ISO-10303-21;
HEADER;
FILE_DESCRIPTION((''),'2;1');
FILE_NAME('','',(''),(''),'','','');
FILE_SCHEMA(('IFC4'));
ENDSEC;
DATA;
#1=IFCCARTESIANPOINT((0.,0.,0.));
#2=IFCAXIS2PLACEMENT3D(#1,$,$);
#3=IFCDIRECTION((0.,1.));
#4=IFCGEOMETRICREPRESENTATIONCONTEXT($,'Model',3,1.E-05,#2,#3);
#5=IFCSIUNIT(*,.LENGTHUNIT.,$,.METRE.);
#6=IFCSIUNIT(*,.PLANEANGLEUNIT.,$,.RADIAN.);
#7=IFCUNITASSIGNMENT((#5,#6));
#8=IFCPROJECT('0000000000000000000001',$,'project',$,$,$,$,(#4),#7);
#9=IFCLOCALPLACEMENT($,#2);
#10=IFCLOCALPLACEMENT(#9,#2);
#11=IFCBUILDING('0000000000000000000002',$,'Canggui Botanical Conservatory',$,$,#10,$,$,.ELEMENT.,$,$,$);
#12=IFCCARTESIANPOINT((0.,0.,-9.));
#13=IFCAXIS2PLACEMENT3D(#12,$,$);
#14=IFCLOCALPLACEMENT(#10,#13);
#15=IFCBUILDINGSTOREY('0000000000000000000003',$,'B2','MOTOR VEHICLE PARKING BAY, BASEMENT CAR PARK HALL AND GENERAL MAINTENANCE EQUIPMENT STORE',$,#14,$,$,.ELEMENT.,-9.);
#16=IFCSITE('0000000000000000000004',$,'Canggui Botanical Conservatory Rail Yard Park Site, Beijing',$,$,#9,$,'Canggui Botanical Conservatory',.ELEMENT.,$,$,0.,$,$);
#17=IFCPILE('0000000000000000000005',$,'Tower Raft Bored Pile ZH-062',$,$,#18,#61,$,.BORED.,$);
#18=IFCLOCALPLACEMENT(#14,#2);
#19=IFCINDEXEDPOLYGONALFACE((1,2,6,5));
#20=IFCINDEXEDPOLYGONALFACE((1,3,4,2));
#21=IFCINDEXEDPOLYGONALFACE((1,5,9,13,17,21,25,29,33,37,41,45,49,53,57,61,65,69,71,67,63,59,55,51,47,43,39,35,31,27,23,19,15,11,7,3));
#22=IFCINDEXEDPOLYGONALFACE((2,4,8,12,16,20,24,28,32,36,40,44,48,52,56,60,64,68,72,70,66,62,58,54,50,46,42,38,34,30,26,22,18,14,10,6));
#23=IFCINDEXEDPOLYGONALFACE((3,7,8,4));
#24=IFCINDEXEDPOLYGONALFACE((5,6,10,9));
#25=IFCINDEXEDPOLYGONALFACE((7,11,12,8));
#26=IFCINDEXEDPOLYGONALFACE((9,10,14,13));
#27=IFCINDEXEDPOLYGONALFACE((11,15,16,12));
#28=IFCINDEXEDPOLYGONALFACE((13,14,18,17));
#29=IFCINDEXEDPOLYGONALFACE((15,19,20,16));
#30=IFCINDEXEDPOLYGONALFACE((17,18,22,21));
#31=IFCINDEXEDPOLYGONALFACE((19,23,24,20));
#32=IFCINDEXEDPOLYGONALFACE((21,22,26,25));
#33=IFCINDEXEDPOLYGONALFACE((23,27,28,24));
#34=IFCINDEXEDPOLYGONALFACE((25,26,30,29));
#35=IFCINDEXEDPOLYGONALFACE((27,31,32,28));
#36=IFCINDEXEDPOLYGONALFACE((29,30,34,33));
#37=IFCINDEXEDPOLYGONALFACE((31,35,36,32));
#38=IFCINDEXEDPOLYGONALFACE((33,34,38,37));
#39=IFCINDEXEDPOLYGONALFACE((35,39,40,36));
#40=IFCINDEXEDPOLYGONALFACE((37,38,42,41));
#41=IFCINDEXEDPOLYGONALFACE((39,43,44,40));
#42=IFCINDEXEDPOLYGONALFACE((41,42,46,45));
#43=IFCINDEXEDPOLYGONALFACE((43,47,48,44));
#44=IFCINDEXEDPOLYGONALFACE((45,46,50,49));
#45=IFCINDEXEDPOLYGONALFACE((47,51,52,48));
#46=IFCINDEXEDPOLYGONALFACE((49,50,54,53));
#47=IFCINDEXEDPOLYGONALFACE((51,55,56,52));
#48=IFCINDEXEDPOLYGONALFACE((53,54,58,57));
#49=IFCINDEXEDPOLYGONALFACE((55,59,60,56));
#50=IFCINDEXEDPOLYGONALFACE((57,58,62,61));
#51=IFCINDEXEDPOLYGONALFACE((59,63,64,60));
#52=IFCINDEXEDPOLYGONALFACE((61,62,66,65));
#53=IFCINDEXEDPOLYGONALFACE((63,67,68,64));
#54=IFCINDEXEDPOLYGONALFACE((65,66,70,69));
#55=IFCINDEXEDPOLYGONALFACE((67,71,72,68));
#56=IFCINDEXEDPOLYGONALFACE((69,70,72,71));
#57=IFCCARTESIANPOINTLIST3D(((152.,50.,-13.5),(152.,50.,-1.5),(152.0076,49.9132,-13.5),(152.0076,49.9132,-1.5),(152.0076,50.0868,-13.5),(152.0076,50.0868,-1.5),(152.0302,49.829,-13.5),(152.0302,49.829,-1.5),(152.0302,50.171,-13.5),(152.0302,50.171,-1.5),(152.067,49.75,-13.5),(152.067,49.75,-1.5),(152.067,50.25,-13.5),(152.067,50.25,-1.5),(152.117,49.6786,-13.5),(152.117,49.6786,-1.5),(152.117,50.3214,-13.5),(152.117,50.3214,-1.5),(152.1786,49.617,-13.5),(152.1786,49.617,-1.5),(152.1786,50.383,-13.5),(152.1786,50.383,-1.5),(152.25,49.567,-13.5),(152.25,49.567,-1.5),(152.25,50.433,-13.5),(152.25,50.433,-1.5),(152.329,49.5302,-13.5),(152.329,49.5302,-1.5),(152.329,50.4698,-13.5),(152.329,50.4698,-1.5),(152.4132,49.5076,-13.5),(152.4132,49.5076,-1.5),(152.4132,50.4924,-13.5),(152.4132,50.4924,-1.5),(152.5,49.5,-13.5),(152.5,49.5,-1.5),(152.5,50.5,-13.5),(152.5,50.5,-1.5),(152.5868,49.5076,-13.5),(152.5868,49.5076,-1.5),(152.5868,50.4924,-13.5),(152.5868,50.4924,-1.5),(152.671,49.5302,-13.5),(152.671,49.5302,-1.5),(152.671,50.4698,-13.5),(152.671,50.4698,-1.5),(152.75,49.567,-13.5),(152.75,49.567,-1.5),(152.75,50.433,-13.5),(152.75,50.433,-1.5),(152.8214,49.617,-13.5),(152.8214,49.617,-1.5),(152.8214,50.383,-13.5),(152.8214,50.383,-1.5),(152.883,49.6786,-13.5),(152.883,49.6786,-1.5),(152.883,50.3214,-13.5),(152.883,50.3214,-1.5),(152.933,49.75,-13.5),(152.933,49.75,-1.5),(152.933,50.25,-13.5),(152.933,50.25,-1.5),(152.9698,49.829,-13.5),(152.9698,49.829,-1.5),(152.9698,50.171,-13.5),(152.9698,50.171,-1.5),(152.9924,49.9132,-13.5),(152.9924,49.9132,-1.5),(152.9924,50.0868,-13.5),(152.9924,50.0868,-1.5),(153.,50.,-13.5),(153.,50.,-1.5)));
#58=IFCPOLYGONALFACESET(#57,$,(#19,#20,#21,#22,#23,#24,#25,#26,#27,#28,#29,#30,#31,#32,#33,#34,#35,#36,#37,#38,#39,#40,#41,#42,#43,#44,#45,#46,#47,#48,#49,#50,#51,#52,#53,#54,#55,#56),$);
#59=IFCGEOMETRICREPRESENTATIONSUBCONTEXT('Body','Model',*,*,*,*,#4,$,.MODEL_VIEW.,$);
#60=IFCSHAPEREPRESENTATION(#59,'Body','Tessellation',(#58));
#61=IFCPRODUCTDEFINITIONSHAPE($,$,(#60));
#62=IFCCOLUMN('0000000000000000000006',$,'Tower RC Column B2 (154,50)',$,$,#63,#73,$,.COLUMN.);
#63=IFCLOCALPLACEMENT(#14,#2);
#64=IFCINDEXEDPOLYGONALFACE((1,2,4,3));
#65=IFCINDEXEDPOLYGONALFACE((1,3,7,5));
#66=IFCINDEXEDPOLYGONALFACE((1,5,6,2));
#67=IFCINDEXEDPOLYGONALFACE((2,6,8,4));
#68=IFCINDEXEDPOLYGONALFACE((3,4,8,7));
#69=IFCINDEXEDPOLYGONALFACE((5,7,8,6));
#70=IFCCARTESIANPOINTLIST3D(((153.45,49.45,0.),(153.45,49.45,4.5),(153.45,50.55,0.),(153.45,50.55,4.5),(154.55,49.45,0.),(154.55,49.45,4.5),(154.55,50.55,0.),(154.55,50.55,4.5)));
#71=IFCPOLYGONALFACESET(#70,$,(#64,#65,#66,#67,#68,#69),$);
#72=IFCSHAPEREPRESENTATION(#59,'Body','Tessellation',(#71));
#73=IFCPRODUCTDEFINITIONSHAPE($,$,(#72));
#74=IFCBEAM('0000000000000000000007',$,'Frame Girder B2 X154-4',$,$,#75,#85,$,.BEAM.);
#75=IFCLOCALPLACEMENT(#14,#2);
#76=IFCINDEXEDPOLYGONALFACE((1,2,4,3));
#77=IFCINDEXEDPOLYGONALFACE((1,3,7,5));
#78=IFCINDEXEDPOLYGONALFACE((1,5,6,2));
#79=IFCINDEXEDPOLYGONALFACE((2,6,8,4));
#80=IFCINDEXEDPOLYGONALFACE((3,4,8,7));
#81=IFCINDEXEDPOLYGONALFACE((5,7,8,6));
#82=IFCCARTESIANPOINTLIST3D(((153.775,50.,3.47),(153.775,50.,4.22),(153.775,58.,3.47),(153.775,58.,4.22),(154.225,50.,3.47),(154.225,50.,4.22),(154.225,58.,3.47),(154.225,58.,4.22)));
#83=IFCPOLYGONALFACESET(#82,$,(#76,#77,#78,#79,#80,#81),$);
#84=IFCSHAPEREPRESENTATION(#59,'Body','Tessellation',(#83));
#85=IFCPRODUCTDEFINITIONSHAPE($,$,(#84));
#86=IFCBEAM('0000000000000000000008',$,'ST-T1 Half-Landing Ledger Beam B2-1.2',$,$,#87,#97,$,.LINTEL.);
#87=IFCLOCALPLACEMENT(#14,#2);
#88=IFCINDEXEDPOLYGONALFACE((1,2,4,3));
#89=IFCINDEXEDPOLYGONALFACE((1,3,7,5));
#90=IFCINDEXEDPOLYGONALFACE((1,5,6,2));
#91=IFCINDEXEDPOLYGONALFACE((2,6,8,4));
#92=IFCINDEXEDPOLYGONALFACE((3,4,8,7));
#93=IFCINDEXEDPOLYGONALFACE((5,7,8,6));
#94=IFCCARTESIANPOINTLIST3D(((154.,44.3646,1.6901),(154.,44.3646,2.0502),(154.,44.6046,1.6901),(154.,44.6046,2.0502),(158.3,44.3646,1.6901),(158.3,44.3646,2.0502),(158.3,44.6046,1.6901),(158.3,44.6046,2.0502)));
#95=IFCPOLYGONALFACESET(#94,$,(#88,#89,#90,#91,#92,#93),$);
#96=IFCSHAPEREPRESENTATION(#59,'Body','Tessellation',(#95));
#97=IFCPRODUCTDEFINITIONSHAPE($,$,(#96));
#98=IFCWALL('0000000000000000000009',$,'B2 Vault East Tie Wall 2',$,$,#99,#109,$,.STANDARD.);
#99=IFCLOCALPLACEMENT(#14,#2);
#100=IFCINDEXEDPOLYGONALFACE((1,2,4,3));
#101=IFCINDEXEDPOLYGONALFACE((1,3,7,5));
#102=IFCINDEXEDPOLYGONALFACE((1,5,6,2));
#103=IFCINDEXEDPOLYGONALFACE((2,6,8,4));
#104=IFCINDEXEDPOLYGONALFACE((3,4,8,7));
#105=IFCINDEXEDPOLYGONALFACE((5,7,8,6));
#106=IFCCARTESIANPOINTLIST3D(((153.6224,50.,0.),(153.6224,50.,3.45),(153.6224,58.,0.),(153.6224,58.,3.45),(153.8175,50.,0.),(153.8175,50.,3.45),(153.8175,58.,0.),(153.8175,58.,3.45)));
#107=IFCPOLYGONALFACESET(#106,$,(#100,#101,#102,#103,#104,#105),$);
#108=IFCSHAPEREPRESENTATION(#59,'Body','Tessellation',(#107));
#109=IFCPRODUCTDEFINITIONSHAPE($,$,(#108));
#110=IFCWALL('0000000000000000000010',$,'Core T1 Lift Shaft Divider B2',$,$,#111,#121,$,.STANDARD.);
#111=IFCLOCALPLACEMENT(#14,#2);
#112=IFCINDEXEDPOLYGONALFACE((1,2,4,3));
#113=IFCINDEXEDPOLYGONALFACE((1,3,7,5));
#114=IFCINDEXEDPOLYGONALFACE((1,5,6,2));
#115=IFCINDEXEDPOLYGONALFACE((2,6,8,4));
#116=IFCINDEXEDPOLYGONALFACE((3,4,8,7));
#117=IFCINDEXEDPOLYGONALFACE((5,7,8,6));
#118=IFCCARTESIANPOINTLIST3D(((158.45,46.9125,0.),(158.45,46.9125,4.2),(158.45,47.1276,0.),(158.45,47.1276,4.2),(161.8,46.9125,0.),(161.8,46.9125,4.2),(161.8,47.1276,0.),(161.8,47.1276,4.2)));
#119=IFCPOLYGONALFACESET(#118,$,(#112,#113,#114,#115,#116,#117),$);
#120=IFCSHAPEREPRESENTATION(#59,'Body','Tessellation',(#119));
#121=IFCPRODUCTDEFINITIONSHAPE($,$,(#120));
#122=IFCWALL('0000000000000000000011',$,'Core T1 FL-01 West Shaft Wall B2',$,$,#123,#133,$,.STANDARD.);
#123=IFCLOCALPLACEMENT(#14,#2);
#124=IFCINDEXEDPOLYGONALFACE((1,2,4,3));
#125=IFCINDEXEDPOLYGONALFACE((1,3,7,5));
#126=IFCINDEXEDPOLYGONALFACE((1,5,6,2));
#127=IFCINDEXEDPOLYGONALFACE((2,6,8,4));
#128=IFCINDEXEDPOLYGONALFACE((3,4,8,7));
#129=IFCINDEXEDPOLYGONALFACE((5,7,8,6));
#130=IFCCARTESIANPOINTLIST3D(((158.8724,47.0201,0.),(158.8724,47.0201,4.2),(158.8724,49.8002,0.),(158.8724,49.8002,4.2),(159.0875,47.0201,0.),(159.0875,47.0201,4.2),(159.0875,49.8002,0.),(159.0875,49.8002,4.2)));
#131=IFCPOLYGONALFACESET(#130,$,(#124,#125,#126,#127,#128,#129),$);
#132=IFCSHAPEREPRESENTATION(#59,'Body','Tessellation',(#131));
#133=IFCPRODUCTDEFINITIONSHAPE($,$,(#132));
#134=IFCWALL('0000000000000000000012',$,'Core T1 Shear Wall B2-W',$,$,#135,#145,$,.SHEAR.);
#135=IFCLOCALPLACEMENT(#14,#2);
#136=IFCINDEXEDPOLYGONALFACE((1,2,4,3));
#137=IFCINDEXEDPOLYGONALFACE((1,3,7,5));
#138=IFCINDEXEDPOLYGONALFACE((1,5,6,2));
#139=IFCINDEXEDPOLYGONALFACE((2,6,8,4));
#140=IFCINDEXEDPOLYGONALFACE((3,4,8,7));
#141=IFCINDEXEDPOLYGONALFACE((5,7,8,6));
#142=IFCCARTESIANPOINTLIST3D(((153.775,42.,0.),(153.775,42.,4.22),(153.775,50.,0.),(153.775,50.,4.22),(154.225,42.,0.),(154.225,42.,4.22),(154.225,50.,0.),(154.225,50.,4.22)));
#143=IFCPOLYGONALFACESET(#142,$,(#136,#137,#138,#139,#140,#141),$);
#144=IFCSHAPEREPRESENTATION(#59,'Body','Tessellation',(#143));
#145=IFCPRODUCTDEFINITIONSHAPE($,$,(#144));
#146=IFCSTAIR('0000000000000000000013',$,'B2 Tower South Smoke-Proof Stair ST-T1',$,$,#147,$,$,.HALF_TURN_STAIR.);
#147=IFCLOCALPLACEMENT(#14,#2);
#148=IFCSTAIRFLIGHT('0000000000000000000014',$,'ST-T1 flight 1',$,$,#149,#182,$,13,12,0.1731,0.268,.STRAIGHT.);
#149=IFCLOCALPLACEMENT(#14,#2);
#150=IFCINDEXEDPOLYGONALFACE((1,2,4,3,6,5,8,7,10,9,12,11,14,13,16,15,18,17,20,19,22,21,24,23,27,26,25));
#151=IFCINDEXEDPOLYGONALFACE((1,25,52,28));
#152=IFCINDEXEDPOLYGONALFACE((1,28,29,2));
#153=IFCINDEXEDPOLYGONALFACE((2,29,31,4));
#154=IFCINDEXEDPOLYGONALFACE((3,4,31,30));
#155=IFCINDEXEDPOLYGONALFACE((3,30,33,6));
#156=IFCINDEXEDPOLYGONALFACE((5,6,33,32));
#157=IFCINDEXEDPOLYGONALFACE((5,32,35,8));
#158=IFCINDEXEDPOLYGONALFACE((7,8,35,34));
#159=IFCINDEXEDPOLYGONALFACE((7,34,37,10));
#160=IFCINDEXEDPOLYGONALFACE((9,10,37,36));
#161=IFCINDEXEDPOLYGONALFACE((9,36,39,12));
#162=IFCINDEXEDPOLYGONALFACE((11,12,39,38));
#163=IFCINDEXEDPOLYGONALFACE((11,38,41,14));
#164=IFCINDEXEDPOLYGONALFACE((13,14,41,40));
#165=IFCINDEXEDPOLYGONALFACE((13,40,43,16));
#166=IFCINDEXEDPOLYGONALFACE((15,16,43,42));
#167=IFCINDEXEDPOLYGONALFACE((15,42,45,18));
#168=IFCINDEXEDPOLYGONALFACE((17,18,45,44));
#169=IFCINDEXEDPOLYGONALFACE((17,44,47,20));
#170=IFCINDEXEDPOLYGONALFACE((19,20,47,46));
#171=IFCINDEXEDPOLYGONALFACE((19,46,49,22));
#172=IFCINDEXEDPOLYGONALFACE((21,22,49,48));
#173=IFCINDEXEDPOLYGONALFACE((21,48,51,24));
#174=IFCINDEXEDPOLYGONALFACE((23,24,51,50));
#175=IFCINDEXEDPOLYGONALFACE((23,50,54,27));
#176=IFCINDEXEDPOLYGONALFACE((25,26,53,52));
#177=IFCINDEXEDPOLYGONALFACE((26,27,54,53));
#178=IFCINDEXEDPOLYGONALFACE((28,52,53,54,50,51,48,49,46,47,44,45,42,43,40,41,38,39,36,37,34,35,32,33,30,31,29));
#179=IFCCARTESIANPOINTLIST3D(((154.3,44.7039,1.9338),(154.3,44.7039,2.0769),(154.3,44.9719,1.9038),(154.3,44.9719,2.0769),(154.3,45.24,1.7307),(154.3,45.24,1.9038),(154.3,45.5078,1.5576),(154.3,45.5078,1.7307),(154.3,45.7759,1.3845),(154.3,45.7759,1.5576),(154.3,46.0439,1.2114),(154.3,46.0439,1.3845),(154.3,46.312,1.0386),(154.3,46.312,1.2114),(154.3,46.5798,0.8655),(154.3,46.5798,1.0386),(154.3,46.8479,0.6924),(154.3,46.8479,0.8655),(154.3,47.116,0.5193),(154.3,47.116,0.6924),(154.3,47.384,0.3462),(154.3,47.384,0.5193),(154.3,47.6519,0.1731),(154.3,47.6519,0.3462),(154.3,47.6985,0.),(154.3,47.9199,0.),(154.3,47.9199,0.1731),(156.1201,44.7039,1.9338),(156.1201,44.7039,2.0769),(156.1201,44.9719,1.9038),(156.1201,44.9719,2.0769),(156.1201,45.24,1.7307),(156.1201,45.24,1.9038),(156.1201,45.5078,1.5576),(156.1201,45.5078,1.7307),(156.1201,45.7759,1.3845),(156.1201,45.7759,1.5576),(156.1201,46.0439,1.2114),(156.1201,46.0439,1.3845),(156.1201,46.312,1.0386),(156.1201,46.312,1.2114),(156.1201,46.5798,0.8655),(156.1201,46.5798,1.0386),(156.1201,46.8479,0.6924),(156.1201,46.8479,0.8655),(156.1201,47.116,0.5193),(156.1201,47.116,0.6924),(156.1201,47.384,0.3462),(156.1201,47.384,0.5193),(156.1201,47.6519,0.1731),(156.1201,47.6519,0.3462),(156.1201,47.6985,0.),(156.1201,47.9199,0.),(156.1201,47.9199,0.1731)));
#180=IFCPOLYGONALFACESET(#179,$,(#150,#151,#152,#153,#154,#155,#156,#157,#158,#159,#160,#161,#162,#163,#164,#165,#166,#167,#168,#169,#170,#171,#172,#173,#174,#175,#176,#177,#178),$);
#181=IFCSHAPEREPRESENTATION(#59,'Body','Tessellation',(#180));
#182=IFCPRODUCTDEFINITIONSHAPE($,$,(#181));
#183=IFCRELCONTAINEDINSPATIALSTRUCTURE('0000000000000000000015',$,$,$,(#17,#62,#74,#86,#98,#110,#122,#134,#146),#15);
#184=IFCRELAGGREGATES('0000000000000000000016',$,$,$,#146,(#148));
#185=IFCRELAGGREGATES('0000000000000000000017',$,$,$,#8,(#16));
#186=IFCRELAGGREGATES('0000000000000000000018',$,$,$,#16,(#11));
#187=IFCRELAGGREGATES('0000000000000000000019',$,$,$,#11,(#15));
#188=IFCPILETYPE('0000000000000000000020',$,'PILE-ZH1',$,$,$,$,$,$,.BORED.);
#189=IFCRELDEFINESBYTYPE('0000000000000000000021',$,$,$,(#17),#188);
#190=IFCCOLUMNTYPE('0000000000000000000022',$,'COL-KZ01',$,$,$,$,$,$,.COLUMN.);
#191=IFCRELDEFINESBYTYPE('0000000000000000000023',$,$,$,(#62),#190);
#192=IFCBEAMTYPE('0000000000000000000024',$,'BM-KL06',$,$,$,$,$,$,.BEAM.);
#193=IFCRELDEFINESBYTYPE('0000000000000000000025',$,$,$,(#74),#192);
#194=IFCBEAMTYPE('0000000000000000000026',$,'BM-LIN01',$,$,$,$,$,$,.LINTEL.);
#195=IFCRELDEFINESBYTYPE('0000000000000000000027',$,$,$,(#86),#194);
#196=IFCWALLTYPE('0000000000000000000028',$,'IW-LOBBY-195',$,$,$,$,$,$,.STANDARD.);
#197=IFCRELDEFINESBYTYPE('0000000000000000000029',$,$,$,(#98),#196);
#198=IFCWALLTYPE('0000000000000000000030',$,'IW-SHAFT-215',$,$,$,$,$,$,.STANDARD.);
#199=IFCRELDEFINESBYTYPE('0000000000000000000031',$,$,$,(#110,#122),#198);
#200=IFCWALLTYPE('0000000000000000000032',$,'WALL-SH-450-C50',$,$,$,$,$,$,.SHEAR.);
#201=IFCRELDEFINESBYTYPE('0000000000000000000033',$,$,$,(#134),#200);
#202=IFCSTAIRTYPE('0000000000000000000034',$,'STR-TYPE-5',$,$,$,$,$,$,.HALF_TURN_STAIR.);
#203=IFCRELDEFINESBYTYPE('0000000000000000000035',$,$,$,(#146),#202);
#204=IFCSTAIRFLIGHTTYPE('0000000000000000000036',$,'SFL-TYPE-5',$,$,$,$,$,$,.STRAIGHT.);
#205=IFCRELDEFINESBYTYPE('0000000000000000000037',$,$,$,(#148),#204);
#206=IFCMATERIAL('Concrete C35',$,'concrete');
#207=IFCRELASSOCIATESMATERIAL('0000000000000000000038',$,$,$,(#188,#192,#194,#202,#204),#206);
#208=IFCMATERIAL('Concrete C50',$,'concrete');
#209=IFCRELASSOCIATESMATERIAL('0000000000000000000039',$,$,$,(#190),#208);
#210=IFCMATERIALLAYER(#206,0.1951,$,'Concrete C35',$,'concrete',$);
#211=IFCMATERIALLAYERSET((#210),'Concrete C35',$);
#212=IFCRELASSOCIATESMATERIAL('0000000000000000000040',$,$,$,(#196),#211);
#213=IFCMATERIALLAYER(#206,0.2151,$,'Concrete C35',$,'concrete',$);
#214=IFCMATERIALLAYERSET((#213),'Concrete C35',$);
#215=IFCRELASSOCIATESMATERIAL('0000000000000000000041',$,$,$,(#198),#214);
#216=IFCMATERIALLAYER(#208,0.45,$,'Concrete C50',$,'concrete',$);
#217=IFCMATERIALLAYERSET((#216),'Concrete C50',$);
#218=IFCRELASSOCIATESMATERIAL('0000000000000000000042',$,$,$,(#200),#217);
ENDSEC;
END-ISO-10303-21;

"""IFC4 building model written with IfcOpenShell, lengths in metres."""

from ifc_helpers import new_model, si_unit, direction, frame, frame_2d, origin, origin_2d, place, context, subcontext, project, spatial, polyline, rectangle, circle, outline, extrude, material, layer, layer_set, material_profile, profile_set, type_object, element, aggregate, save


model = new_model("IFC4")

# Units and contexts
model_context = context("Model", 3, precision=1e-05, world=origin(), true_north=direction((0.0, 1.0)))
body_context = subcontext(model_context, "Body", "Model", "MODEL_VIEW")
ifc_project = project(units=[si_unit("LENGTHUNIT", "METRE"), si_unit("PLANEANGLEUNIT", "RADIAN")], contexts=[model_context])

# Site, building, storey
site_placement = place(None, origin())
site = spatial("IfcSite", under=ifc_project, at=site_placement, Name="Canggui Botanical Conservatory Rail Yard Park Site, Beijing", LongName="Canggui Botanical Conservatory", CompositionType="ELEMENT", RefElevation=0.0)
building_placement = place(site_placement, origin())
building = spatial("IfcBuilding", under=site, at=building_placement, Name="Canggui Botanical Conservatory", CompositionType="ELEMENT")
storey_placement = place(building_placement, frame((0.0, 0.0, -9.0)))
storey = spatial("IfcBuildingStorey", under=building, at=storey_placement, Name="B2", Description="MOTOR VEHICLE PARKING BAY, BASEMENT CAR PARK HALL AND GENERAL MAINTENANCE EQUIPMENT STORE", CompositionType="ELEMENT", Elevation=-9.0)

# Pile
ifc_material_1 = material(Name="Concrete C35", Category="concrete")
ifc_material_profile_1 = material_profile(ifc_material_1, circle(Radius=0.5, at=origin_2d()), Name="PILE D1000")
ifc_profile_set_1 = profile_set([ifc_material_profile_1], Name="Concrete C35")
pile_type = type_object("IfcPileType", Name="PILE-ZH1", PredefinedType="BORED", material=ifc_profile_set_1)
pile_placement = place(storey_placement, frame((152.5, 50.0, -1.5), z_axis=(0.0, 0.0, -1.0), x_axis=(1.0, 0.0, 0.0)))
element("IfcPile", 1, at=pile_placement, inside=storey, type_object=pile_type, Name="Tower Raft Bored Pile ZH-062", PredefinedType="BORED", context=body_context, shape_type="SweptSolid", body=[
    extrude(circle(Radius=0.5, at=origin_2d()), origin(), (0.0, 0.0, 1.0), 12.0),
])

# Column
ifc_material_2 = material(Name="Concrete C50", Category="concrete")
ifc_material_profile_2 = material_profile(ifc_material_2, rectangle(XDim=1.1001, YDim=1.1001, at=origin_2d()), Name="RC 1100x1100")
ifc_profile_set_2 = profile_set([ifc_material_profile_2], Name="Concrete C50")
column_type = type_object("IfcColumnType", Name="COL-KZ01", PredefinedType="COLUMN", material=ifc_profile_set_2)
column_placement = place(storey_placement, frame((154.0, 50.0, 0.0), z_axis=(0.0, 0.0, 1.0), x_axis=(1.0, 0.0, 0.0)))
element("IfcColumn", 2, at=column_placement, inside=storey, type_object=column_type, Name="Tower RC Column B2 (154,50)", PredefinedType="COLUMN", context=body_context, shape_type="SweptSolid", body=[
    extrude(rectangle(XDim=1.1001, YDim=1.1001, at=origin_2d()), origin(), (0.0, 0.0, 1.0), 4.5),
])

# Beams
ifc_material_profile_3 = material_profile(ifc_material_1, rectangle(XDim=0.45, YDim=0.75, at=origin_2d()), Name="RB 450x750")
ifc_profile_set_3 = profile_set([ifc_material_profile_3], Name="Concrete C35")
beam_type_1 = type_object("IfcBeamType", Name="BM-KL06", PredefinedType="BEAM", material=ifc_profile_set_3)
beam_1_placement = place(storey_placement, frame((154.0, 50.0, 3.845), z_axis=(0.0, 1.0, 0.0), x_axis=(-1.0, 0.0, 0.0)))
element("IfcBeam", 3, at=beam_1_placement, inside=storey, type_object=beam_type_1, Name="Frame Girder B2 X154-4", PredefinedType="BEAM", context=body_context, shape_type="SweptSolid", body=[
    extrude(rectangle(XDim=0.45, YDim=0.75, at=origin_2d()), origin(), (0.0, 0.0, 1.0), 8.0),
])
ifc_material_profile_4 = material_profile(ifc_material_1, rectangle(XDim=0.24, YDim=0.3601, at=origin_2d()), Name="RB 240x360")
ifc_profile_set_4 = profile_set([ifc_material_profile_4], Name="Concrete C35")
beam_type_2 = type_object("IfcBeamType", Name="BM-LIN01", PredefinedType="LINTEL", material=ifc_profile_set_4)
beam_2_placement = place(storey_placement, frame((154.0, 44.4846, 1.8701), z_axis=(1.0, 0.0, 0.0), x_axis=(0.0, 1.0, 0.0)))
element("IfcBeam", 4, at=beam_2_placement, inside=storey, type_object=beam_type_2, Name="ST-T1 Half-Landing Ledger Beam B2-1.2", PredefinedType="LINTEL", context=body_context, shape_type="SweptSolid", body=[
    extrude(rectangle(XDim=0.24, YDim=0.3601, at=origin_2d()), origin(), (0.0, 0.0, 1.0), 4.3),
])

# Walls
ifc_layer_1 = layer(ifc_material_1, 0.1951, Name="Concrete C35", Category="concrete")
ifc_layer_set_1 = layer_set([ifc_layer_1], Name="Concrete C35")
wall_type_1 = type_object("IfcWallType", Name="IW-LOBBY-195", PredefinedType="STANDARD", material=ifc_layer_set_1)
wall_1_placement = place(storey_placement, frame((153.72, 50.0, 0.0), z_axis=(0.0, 0.0, 1.0), x_axis=(0.0, 1.0, 0.0)))
element("IfcWall", 5, at=wall_1_placement, inside=storey, type_object=wall_type_1, Name="B2 Vault East Tie Wall 2", PredefinedType="STANDARD", context=body_context, shape_type="SweptSolid", body=[
    extrude(rectangle(XDim=8.0, YDim=0.1951, at=frame_2d((4.0, 0.0))), origin(), (0.0, 0.0, 1.0), 3.45),
])
ifc_layer_2 = layer(ifc_material_1, 0.2151, Name="Concrete C35", Category="concrete")
ifc_layer_set_2 = layer_set([ifc_layer_2], Name="Concrete C35")
wall_type_2 = type_object("IfcWallType", Name="IW-SHAFT-215", PredefinedType="STANDARD", material=ifc_layer_set_2)
wall_2_placement = place(storey_placement, frame((158.45, 47.02, 0.0), z_axis=(0.0, 0.0, 1.0), x_axis=(1.0, 0.0, 0.0)))
element("IfcWall", 6, at=wall_2_placement, inside=storey, type_object=wall_type_2, Name="Core T1 Lift Shaft Divider B2", PredefinedType="STANDARD", context=body_context, shape_type="SweptSolid", body=[
    extrude(rectangle(XDim=3.3501, YDim=0.2151, at=frame_2d((1.675, 0.0))), origin(), (0.0, 0.0, 1.0), 4.2),
])
wall_3_placement = place(storey_placement, frame((158.98, 47.02, 0.0), z_axis=(0.0, 0.0, 1.0), x_axis=(0.0, 1.0, 0.0)))
element("IfcWall", 7, at=wall_3_placement, inside=storey, type_object=wall_type_2, Name="Core T1 FL-01 West Shaft Wall B2", PredefinedType="STANDARD", context=body_context, shape_type="SweptSolid", body=[
    extrude(rectangle(XDim=2.78, YDim=0.2151, at=frame_2d((1.3901, 0.0))), origin(), (0.0, 0.0, 1.0), 4.2),
])
ifc_layer_3 = layer(ifc_material_2, 0.45, Name="Concrete C50", Category="concrete")
ifc_layer_set_3 = layer_set([ifc_layer_3], Name="Concrete C50")
wall_type_3 = type_object("IfcWallType", Name="WALL-SH-450-C50", PredefinedType="SHEAR", material=ifc_layer_set_3)
wall_4_placement = place(storey_placement, frame((154.0, 50.0, 0.0), z_axis=(0.0, 0.0, 1.0), x_axis=(0.0, -1.0, 0.0)))
element("IfcWall", 8, at=wall_4_placement, inside=storey, type_object=wall_type_3, Name="Core T1 Shear Wall B2-W", PredefinedType="SHEAR", context=body_context, shape_type="SweptSolid", body=[
    extrude(rectangle(XDim=8.0, YDim=0.45, at=frame_2d((4.0, 0.0))), origin(), (0.0, 0.0, 1.0), 4.22),
])

# Stair, stair flight
stair_type = type_object("IfcStairType", Name="STR-TYPE-5", PredefinedType="HALF_TURN_STAIR", material=ifc_material_1)
stair_placement = place(storey_placement, origin())
stair = element("IfcStair", 9, at=stair_placement, inside=storey, type_object=stair_type, Name="B2 Tower South Smoke-Proof Stair ST-T1", PredefinedType="HALF_TURN_STAIR")
stair_flight_type = type_object("IfcStairFlightType", Name="SFL-TYPE-5", PredefinedType="STRAIGHT", material=ifc_material_1)
stair_flight_1_placement = place(storey_placement, frame((155.21, 47.9199, 0.0), z_axis=(0.0, 0.0, 1.0), x_axis=(0.0, -1.0, 0.0)))
stair_flight_1 = element("IfcStairFlight", 10, at=stair_flight_1_placement, type_object=stair_flight_type, Name="ST-T1 flight 1", NumberOfRisers=13, NumberOfTreads=12, PredefinedType="STRAIGHT", RiserHeight=0.1731, TreadLength=0.268, context=body_context, shape_type="SweptSolid", body=[
    extrude(outline(polyline([(0.0, 0.0), (0.0, 0.1731), (0.2681, 0.1731), (0.2681, 0.3462), (0.5359, 0.3462), (0.5359, 0.5193), (0.804, 0.5193), (0.804, 0.6924), (1.072, 0.6924), (1.072, 0.8655), (1.3401, 0.8655), (1.3401, 1.0386), (1.6079, 1.0386), (1.6079, 1.2114), (1.876, 1.2114), (1.876, 1.3845), (2.144, 1.3845), (2.144, 1.5576), (2.4121, 1.5576), (2.4121, 1.7307), (2.6799, 1.7307), (2.6799, 1.9038), (2.948, 1.9038), (2.948, 2.0769), (3.2161, 2.0769), (3.2161, 2.25), (3.2161, 1.9338), (0.2214, 0.0), (0.0, 0.0)])), frame((0.0, 0.9102, 0.0), z_axis=(0.0, -1.0, 0.0), x_axis=(1.0, 0.0, 0.0)), (0.0, 0.0, 1.0), 1.8201),
])
aggregate(stair, [stair_flight_1])

save(model, "model.ifc")
